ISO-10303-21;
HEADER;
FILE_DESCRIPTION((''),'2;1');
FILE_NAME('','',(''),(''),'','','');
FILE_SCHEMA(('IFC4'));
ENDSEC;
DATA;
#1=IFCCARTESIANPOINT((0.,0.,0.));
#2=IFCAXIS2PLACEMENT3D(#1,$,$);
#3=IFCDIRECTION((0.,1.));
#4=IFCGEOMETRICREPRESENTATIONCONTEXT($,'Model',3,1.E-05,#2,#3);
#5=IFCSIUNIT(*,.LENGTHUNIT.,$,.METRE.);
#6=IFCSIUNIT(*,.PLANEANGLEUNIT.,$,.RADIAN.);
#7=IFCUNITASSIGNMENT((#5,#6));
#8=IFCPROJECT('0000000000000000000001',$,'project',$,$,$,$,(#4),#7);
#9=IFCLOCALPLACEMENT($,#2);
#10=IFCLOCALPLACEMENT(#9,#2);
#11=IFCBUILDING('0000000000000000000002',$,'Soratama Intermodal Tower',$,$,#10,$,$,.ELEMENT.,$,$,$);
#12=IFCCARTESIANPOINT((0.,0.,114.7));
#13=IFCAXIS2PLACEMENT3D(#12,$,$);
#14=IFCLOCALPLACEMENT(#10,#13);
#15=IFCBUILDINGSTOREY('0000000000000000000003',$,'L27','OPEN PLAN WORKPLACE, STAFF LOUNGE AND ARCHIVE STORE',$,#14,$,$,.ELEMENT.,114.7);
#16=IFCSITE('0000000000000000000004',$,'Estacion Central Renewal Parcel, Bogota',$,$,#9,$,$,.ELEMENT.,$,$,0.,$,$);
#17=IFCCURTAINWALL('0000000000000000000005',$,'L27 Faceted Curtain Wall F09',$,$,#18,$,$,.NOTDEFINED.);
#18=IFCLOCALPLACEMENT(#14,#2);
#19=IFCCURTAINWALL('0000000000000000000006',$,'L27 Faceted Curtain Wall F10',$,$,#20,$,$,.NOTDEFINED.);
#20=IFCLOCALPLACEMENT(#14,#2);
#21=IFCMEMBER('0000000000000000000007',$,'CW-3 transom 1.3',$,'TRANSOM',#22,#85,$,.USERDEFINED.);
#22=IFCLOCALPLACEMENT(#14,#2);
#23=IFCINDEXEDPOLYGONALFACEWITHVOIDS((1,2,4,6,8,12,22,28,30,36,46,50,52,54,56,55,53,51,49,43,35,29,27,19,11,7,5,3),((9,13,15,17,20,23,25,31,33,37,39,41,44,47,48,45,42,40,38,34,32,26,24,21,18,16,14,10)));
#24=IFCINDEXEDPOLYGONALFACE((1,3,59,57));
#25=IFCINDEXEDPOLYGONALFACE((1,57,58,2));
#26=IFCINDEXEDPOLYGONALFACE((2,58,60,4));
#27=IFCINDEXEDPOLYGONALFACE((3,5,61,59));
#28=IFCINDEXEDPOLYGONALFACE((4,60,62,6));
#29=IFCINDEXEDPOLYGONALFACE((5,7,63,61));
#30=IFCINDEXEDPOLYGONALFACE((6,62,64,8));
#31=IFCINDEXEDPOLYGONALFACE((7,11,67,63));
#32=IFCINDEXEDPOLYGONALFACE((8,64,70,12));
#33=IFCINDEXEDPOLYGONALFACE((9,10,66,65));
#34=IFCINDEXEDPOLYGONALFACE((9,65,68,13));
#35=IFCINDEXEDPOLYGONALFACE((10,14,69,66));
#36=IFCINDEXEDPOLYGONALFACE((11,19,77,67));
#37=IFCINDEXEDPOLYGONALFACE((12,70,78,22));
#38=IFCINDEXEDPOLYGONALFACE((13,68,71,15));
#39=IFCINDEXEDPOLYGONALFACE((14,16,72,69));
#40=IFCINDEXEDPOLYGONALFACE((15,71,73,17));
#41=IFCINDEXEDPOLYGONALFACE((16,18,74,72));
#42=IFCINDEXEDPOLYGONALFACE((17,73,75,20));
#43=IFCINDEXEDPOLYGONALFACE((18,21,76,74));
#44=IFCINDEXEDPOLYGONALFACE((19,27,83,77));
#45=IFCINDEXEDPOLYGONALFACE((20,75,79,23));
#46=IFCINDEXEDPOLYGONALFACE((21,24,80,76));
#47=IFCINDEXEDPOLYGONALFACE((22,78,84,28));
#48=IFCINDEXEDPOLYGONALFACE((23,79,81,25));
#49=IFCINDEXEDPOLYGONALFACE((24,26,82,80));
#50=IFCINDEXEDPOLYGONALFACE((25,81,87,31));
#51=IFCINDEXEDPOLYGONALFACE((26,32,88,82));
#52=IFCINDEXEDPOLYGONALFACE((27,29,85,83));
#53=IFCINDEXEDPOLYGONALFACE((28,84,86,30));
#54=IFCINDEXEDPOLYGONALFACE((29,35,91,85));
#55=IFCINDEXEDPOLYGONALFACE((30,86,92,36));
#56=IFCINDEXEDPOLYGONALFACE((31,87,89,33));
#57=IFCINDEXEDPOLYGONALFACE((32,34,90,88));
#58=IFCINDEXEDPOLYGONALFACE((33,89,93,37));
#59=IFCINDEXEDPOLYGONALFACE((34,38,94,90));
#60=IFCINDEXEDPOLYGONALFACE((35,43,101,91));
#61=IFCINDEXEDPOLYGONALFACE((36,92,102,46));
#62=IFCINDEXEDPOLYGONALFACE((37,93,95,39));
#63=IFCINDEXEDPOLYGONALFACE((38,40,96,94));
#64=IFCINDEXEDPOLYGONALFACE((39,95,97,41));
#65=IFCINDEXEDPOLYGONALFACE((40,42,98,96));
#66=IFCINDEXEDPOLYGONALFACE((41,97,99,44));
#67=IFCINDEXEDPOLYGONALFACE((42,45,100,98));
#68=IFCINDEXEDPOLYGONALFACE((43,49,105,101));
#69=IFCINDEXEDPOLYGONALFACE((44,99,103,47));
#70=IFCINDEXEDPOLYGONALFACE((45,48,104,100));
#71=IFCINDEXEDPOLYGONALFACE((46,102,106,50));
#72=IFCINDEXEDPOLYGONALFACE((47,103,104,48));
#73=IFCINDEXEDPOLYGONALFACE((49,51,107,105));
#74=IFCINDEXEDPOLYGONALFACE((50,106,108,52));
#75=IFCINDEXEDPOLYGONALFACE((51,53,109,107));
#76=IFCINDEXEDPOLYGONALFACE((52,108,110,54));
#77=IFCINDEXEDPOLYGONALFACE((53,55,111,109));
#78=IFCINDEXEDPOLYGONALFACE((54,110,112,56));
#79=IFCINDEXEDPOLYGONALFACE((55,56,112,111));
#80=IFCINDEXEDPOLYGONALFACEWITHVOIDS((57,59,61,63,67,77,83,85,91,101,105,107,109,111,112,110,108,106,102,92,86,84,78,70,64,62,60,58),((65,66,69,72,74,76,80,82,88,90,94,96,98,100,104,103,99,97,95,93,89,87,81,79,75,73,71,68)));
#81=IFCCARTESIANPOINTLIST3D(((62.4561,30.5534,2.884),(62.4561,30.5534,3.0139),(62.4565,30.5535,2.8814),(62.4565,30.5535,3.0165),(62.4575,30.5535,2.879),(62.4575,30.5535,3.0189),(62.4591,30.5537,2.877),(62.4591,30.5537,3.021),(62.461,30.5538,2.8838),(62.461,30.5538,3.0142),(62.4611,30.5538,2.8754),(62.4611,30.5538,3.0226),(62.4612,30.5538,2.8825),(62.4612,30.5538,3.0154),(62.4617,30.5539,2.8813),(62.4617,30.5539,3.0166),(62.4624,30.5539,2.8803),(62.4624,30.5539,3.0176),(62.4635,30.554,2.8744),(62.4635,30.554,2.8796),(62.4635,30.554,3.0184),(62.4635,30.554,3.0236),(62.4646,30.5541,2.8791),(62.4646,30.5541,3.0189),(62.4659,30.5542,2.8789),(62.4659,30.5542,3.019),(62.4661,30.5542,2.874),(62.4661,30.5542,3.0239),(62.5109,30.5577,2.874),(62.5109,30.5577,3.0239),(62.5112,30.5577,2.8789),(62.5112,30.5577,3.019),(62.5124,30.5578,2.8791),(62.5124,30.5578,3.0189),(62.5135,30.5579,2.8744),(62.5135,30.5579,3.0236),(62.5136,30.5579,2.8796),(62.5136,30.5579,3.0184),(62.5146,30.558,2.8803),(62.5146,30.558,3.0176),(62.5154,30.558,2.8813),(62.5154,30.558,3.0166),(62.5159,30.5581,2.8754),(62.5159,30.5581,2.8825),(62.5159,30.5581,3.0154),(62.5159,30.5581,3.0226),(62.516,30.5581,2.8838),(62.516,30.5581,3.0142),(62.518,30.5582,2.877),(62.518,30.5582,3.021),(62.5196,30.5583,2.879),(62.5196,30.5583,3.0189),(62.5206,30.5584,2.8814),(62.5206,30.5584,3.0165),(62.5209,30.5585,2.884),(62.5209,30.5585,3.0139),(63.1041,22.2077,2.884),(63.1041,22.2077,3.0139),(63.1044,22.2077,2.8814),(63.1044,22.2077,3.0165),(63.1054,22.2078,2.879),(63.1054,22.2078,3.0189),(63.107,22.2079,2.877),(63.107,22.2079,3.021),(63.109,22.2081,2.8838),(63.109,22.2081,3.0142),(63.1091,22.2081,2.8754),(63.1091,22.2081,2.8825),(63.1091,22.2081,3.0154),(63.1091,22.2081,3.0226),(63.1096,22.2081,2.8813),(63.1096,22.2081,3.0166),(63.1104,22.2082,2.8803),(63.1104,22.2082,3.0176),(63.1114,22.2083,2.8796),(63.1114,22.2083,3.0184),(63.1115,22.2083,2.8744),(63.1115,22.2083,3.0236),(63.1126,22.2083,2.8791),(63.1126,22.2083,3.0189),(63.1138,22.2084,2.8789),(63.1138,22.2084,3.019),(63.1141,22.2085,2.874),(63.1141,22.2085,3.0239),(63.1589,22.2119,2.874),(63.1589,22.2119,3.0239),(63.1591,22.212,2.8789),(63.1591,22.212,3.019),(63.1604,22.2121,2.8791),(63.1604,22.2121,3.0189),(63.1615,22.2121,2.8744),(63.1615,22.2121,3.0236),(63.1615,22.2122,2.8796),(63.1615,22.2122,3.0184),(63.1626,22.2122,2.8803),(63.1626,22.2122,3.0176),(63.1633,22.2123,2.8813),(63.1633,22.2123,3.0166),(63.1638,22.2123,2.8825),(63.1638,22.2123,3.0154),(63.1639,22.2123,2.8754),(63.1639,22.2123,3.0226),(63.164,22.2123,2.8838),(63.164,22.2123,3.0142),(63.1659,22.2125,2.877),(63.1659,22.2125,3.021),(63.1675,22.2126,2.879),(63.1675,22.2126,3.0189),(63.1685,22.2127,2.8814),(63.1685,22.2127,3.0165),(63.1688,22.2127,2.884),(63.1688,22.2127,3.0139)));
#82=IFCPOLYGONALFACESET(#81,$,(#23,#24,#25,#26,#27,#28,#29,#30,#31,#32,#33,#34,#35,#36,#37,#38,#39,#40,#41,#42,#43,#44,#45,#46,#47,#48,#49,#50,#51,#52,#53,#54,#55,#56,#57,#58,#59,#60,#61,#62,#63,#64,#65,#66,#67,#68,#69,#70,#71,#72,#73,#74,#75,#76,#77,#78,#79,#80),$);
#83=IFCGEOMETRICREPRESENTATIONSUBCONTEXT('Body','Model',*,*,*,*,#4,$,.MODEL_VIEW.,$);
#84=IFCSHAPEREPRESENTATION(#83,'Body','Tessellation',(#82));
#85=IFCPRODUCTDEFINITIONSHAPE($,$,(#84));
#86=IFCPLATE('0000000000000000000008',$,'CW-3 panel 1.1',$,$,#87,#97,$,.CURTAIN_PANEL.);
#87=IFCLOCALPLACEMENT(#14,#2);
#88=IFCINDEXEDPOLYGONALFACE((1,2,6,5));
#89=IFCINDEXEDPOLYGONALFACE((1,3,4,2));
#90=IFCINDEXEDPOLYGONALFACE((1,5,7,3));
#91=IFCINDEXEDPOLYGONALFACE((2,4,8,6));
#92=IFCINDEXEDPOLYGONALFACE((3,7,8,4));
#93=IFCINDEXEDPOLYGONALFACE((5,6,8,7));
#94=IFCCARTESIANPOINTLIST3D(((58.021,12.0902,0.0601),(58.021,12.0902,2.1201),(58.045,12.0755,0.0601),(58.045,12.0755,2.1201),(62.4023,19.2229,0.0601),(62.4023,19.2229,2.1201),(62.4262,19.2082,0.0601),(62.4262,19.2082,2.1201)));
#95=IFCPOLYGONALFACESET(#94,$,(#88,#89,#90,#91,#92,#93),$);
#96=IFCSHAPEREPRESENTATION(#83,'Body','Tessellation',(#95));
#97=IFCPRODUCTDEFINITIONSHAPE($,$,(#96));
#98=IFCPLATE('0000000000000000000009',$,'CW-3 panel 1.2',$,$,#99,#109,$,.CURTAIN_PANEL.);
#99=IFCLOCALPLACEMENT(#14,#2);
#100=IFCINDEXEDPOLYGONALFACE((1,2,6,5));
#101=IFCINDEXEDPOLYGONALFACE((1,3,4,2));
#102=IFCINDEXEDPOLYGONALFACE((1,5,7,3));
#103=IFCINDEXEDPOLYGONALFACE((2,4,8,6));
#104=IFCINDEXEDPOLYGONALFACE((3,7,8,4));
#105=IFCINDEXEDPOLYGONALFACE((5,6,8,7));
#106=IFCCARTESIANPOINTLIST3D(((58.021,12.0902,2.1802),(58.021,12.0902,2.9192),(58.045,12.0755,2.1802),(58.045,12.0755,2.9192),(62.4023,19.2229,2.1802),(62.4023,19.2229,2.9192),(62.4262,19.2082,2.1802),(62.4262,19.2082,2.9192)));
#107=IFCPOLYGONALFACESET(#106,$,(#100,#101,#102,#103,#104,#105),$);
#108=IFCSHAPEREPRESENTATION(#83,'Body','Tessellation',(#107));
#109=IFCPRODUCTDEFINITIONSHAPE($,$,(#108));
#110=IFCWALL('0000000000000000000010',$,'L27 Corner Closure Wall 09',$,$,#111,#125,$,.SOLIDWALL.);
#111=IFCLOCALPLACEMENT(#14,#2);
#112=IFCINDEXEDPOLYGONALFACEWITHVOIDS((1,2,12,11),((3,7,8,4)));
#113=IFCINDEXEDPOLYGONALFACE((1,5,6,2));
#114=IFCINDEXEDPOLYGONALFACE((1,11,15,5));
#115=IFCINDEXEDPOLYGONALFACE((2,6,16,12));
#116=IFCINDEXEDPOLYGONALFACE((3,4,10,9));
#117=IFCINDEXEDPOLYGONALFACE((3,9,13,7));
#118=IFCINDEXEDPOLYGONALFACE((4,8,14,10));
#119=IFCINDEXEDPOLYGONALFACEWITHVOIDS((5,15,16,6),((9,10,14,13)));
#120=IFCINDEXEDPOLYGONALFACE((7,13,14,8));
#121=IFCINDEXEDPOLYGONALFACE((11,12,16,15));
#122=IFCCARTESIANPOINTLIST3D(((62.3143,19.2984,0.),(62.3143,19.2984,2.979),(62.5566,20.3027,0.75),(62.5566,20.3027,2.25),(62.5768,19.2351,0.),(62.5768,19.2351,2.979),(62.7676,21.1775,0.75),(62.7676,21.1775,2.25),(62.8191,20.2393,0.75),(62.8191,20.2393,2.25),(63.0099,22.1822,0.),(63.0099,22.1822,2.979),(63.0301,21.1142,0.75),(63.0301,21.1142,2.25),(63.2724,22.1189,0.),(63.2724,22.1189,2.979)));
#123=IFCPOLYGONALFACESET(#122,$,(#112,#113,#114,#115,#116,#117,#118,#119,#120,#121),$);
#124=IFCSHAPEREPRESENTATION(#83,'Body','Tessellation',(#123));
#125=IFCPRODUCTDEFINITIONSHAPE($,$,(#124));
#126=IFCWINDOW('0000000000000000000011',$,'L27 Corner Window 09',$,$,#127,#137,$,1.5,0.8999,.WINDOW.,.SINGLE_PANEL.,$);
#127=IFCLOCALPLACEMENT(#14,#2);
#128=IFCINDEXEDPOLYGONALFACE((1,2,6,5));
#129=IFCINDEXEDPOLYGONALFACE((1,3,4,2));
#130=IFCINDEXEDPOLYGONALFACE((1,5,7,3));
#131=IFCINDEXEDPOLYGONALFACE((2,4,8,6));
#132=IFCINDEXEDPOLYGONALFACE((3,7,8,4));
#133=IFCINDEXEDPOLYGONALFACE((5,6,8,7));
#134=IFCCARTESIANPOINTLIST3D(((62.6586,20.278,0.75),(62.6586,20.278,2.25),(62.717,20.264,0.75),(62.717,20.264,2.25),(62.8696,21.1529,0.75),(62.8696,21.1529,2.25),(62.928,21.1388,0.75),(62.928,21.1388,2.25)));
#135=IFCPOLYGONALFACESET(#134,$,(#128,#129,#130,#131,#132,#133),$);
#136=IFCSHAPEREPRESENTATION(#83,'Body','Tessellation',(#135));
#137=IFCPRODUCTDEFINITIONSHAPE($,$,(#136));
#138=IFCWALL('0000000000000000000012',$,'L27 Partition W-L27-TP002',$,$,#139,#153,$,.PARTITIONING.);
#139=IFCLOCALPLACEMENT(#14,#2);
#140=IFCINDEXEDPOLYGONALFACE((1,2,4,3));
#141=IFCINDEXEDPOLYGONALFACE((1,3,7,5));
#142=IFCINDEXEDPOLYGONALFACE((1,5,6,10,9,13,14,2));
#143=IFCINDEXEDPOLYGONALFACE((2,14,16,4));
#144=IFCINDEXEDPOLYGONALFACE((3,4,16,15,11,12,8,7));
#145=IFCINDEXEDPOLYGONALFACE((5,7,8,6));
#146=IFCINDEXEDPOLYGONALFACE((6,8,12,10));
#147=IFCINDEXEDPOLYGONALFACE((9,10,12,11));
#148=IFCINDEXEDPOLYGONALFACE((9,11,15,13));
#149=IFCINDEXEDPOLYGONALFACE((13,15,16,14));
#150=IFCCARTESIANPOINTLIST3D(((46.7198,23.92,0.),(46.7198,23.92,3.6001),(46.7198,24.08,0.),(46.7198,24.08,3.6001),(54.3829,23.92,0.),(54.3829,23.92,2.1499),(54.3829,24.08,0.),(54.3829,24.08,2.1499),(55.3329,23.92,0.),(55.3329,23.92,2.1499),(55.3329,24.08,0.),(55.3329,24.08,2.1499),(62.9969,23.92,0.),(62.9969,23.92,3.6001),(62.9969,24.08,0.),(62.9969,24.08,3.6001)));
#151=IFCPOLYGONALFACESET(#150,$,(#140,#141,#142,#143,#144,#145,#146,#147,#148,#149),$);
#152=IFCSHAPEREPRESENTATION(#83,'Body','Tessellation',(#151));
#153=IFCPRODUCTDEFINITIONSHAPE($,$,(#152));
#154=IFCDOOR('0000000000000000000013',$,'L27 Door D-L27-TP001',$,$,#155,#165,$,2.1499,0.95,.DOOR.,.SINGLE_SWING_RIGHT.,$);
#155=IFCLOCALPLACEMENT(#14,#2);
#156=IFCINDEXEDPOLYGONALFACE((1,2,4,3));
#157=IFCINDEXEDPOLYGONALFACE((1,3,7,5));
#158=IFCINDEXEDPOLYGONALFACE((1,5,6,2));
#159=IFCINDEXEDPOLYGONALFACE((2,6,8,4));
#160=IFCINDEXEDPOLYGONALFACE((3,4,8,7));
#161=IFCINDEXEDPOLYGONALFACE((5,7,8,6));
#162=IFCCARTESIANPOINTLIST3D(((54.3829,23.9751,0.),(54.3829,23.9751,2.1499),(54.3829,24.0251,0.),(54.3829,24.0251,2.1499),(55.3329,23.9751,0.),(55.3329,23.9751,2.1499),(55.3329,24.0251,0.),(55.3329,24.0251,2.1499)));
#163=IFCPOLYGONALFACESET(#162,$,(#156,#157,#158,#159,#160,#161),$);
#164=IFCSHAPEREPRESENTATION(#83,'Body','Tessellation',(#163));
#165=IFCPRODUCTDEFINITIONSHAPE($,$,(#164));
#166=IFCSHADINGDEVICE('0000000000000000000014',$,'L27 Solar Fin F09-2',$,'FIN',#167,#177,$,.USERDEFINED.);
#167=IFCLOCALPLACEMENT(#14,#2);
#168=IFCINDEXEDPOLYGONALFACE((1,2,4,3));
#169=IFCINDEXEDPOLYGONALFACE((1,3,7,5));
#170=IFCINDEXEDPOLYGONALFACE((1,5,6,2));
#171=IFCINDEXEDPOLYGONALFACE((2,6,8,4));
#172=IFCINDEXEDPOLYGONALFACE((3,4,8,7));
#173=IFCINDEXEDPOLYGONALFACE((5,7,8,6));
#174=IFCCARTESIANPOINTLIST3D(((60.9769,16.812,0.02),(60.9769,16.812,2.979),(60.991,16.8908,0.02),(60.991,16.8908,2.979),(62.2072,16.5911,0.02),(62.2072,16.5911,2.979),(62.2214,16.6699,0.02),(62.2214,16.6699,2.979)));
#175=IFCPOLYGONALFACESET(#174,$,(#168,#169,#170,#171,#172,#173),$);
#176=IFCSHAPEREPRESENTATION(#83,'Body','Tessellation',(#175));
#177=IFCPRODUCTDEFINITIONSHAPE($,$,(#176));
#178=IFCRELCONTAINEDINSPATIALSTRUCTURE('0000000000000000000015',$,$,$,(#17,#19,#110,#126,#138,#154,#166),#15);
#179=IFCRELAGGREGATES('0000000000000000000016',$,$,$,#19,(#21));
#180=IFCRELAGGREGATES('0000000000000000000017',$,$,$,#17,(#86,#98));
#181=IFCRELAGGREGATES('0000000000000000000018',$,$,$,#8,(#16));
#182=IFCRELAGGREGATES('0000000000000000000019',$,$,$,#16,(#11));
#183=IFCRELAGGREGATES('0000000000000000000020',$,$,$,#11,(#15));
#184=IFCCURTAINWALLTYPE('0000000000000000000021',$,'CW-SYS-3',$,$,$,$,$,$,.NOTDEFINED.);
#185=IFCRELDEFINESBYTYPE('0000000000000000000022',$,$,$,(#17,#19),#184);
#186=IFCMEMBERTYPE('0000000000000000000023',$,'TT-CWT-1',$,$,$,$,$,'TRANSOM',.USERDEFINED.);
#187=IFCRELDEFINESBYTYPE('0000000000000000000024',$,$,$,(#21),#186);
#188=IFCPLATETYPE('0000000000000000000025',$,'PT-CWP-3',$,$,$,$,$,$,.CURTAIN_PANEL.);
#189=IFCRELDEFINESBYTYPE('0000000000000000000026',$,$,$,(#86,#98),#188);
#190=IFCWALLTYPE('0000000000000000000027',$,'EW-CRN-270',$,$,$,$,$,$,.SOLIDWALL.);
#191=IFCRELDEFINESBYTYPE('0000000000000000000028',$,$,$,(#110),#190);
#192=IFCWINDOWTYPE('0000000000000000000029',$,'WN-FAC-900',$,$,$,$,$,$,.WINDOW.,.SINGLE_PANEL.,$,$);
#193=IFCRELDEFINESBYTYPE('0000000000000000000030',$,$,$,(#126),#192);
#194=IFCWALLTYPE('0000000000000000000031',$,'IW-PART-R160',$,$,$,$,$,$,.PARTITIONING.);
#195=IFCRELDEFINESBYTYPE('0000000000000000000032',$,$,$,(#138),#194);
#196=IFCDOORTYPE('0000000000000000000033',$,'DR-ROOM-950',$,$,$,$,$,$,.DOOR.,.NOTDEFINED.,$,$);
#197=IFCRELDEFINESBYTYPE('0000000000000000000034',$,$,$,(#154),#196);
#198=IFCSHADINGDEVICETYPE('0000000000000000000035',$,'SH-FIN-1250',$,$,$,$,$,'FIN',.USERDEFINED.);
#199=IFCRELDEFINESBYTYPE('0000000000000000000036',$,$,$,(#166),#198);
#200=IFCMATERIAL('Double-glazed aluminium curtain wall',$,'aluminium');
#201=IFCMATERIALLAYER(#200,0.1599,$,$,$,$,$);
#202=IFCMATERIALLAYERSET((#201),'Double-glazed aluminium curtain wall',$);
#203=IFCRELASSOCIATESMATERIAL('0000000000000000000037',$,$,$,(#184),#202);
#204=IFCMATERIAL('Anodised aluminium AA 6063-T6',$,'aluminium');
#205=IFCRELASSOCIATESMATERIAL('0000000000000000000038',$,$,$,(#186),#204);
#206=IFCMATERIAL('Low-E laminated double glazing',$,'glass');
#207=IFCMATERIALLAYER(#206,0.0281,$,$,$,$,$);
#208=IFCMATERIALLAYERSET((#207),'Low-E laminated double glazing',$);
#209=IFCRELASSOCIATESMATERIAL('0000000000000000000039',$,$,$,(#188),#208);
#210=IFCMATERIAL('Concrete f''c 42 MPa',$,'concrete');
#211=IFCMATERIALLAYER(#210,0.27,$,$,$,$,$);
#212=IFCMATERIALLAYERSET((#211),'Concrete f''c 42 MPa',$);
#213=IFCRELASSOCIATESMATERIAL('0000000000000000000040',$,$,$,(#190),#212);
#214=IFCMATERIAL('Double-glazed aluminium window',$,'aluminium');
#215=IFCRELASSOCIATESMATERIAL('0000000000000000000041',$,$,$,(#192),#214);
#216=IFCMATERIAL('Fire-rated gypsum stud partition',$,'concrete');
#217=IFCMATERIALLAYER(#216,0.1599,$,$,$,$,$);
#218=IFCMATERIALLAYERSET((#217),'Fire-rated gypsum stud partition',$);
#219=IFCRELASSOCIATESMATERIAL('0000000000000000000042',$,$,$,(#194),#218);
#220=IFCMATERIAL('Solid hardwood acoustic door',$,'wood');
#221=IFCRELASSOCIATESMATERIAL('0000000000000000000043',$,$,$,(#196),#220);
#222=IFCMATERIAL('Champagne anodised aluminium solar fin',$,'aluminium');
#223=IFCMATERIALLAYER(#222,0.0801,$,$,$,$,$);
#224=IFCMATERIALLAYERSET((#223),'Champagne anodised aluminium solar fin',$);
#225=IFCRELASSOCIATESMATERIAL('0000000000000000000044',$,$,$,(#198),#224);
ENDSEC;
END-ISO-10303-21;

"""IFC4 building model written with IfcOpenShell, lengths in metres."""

from ifc_helpers import new_model, si_unit, direction, frame, frame_2d, origin, origin_2d, place, context, subcontext, project, spatial, rectangle, hollow_rectangle, extrude, material, layer, layer_set, material_profile, profile_set, type_object, element, fill, aggregate, save


model = new_model("IFC4")

# Units and contexts
model_context = context("Model", 3, precision=1e-05, world=origin(), true_north=direction((0.0, 1.0)))
body_context = subcontext(model_context, "Body", "Model", "MODEL_VIEW")
ifc_project = project(units=[si_unit("LENGTHUNIT", "METRE"), si_unit("PLANEANGLEUNIT", "RADIAN")], contexts=[model_context])

# Site, building, storey
site_placement = place(None, origin())
site = spatial("IfcSite", under=ifc_project, at=site_placement, Name="Estacion Central Renewal Parcel, Bogota", CompositionType="ELEMENT", RefElevation=0.0)
building_placement = place(site_placement, origin())
building = spatial("IfcBuilding", under=site, at=building_placement, Name="Soratama Intermodal Tower", CompositionType="ELEMENT")
storey_placement = place(building_placement, frame((0.0, 0.0, 114.7)))
storey = spatial("IfcBuildingStorey", under=building, at=storey_placement, Name="L27", Description="OPEN PLAN WORKPLACE, STAFF LOUNGE AND ARCHIVE STORE", CompositionType="ELEMENT", Elevation=114.7)

# Curtain wall
ifc_material_1 = material(Name="Double-glazed aluminium curtain wall", Category="aluminium")
ifc_layer_1 = layer(ifc_material_1, 0.1599)
ifc_layer_set_1 = layer_set([ifc_layer_1], Name="Double-glazed aluminium curtain wall")
curtain_wall_type = type_object("IfcCurtainWallType", Name="CW-SYS-3", PredefinedType="NOTDEFINED", material=ifc_layer_set_1)
curtain_wall_1_placement = place(storey_placement, origin())
curtain_wall_1 = element("IfcCurtainWall", 1, at=curtain_wall_1_placement, inside=storey, type_object=curtain_wall_type, Name="L27 Faceted Curtain Wall F09", PredefinedType="NOTDEFINED")

# Curtain wall, member
curtain_wall_2_placement = place(storey_placement, origin())
curtain_wall_2 = element("IfcCurtainWall", 2, at=curtain_wall_2_placement, inside=storey, type_object=curtain_wall_type, Name="L27 Faceted Curtain Wall F10", PredefinedType="NOTDEFINED")
ifc_material_2 = material(Name="Anodised aluminium AA 6063-T6", Category="aluminium")
ifc_material_profile_1 = material_profile(ifc_material_2, hollow_rectangle(XDim=0.0649, YDim=0.1499, WallThickness=0.0049, InnerFilletRadius=0.0049, OuterFilletRadius=0.01, at=origin_2d()), Name="CWT150X65X5")
ifc_profile_set_1 = profile_set([ifc_material_profile_1], Name="Anodised aluminium AA 6063-T6")
member_type_1 = type_object("IfcMemberType", Name="TT-CWT-1", ElementType="TRANSOM", PredefinedType="USERDEFINED", material=ifc_profile_set_1)
member_1_placement = place(storey_placement, frame((63.1365, 22.2102, 2.949), z_axis=(-0.077406, 0.997, 0.0), x_axis=(-0.997, -0.077406, 0.0)))
member_1 = element("IfcMember", 3, at=member_1_placement, type_object=member_type_1, Name="CW-3 transom 1.3", ObjectType="TRANSOM", PredefinedType="USERDEFINED", context=body_context, shape_type="SweptSolid", body=[
    extrude(hollow_rectangle(XDim=0.0649, YDim=0.1499, WallThickness=0.0049, InnerFilletRadius=0.0049, OuterFilletRadius=0.01, at=origin_2d()), origin(), (0.0, 0.0, 1.0), 8.3708),
])
aggregate(curtain_wall_2, [member_1])

# Plates
ifc_material_3 = material(Name="Low-E laminated double glazing", Category="glass")
ifc_layer_2 = layer(ifc_material_3, 0.0281)
ifc_layer_set_2 = layer_set([ifc_layer_2], Name="Low-E laminated double glazing")
plate_type = type_object("IfcPlateType", Name="PT-CWP-3", PredefinedType="CURTAIN_PANEL", material=ifc_layer_set_2)
plate_1_placement = place(storey_placement, frame((60.2236, 15.6492, 0.0601), z_axis=(0.0, 0.0, 1.0), x_axis=(0.523396, 0.852089, 0.0)))
plate_1 = element("IfcPlate", 4, at=plate_1_placement, type_object=plate_type, Name="CW-3 panel 1.1", PredefinedType="CURTAIN_PANEL", context=body_context, shape_type="SweptSolid", body=[
    extrude(rectangle(XDim=8.3708, YDim=0.0281, at=origin_2d()), origin(), (0.0, 0.0, 1.0), 2.0601),
])
plate_2_placement = place(storey_placement, frame((60.2236, 15.6492, 2.1802), z_axis=(0.0, 0.0, 1.0), x_axis=(0.523396, 0.852089, 0.0)))
plate_2 = element("IfcPlate", 5, at=plate_2_placement, type_object=plate_type, Name="CW-3 panel 1.2", PredefinedType="CURTAIN_PANEL", context=body_context, shape_type="SweptSolid", body=[
    extrude(rectangle(XDim=8.3708, YDim=0.0281, at=origin_2d()), origin(), (0.0, 0.0, 1.0), 0.739),
])
aggregate(curtain_wall_1, [plate_1, plate_2])

# Wall, opening, window
ifc_material_4 = material(Name="Concrete f'c 42 MPa", Category="concrete")
ifc_layer_3 = layer(ifc_material_4, 0.27)
ifc_layer_set_3 = layer_set([ifc_layer_3], Name="Concrete f'c 42 MPa")
wall_type_1 = type_object("IfcWallType", Name="EW-CRN-270", PredefinedType="SOLIDWALL", material=ifc_layer_set_3)
wall_1_placement = place(storey_placement, frame((62.4456, 19.2666, 0.0), z_axis=(0.0, 0.0, 1.0), x_axis=(0.234472, 0.972123, 0.0)))
wall_1 = element("IfcWall", 6, at=wall_1_placement, inside=storey, type_object=wall_type_1, Name="L27 Corner Closure Wall 09", PredefinedType="SOLIDWALL", context=body_context, shape_type="SweptSolid", body=[
    extrude(rectangle(XDim=2.9666, YDim=0.27, at=frame_2d((1.4834, 0.0))), origin(), (0.0, 0.0, 1.0), 2.979),
])
opening_1_placement = place(wall_1_placement, frame((1.0332, 0.0, 0.75)))
opening_1 = element("IfcOpeningElement", 7, at=opening_1_placement, cuts=wall_1, PredefinedType="OPENING", context=body_context, shape_type="SweptSolid", body=[
    extrude(rectangle(XDim=0.8999, YDim=1.5, at=frame_2d((0.45, 0.75))), frame((0.0, 0.145, 0.0), z_axis=(0.0, -1.0, 0.0), x_axis=(1.0, 0.0, 0.0)), (0.0, 0.0, 1.0), 0.29),
])
ifc_material_5 = material(Name="Double-glazed aluminium window", Category="aluminium")
window_type = type_object("IfcWindowType", Name="WN-FAC-900", PartitioningType="SINGLE_PANEL", PredefinedType="WINDOW", material=ifc_material_5)
window_placement = place(opening_1_placement, origin())
window = element("IfcWindow", 8, at=window_placement, inside=storey, type_object=window_type, Name="L27 Corner Window 09", OverallHeight=1.5, OverallWidth=0.8999, PartitioningType="SINGLE_PANEL", PredefinedType="WINDOW", context=body_context, shape_type="SweptSolid", body=[
    extrude(rectangle(XDim=0.8999, YDim=1.5, at=frame_2d((0.45, 0.75))), frame((0.0, 0.03, 0.0), z_axis=(0.0, -1.0, 0.0), x_axis=(1.0, 0.0, 0.0)), (0.0, 0.0, 1.0), 0.0601),
])
fill(opening_1, window)

# Wall, opening, door
ifc_material_6 = material(Name="Fire-rated gypsum stud partition", Category="concrete")
ifc_layer_4 = layer(ifc_material_6, 0.1599)
ifc_layer_set_4 = layer_set([ifc_layer_4], Name="Fire-rated gypsum stud partition")
wall_type_2 = type_object("IfcWallType", Name="IW-PART-R160", PredefinedType="PARTITIONING", material=ifc_layer_set_4)
wall_2_placement = place(storey_placement, frame((62.9971, 24.0, 0.0), z_axis=(0.0, 0.0, 1.0), x_axis=(-1.0, 0.0, 0.0)))
wall_2 = element("IfcWall", 9, at=wall_2_placement, inside=storey, type_object=wall_type_2, Name="L27 Partition W-L27-TP002", PredefinedType="PARTITIONING", context=body_context, shape_type="SweptSolid", body=[
    extrude(rectangle(XDim=16.2771, YDim=0.1599, at=frame_2d((8.1387, 0.0))), origin(), (0.0, 0.0, 1.0), 3.6001),
])
opening_2_placement = place(wall_2_placement, frame((7.6641, 0.0, 0.0)))
opening_2 = element("IfcOpeningElement", 10, at=opening_2_placement, cuts=wall_2, PredefinedType="OPENING", context=body_context, shape_type="SweptSolid", body=[
    extrude(rectangle(XDim=0.95, YDim=2.1499, at=frame_2d((0.4751, 1.075))), frame((0.0, 0.0898, 0.0), z_axis=(0.0, -1.0, 0.0), x_axis=(1.0, 0.0, 0.0)), (0.0, 0.0, 1.0), 0.1799),
])
ifc_material_7 = material(Name="Solid hardwood acoustic door", Category="wood")
door_type = type_object("IfcDoorType", Name="DR-ROOM-950", OperationType="NOTDEFINED", PredefinedType="DOOR", material=ifc_material_7)
door_placement = place(opening_2_placement, origin())
door = element("IfcDoor", 11, at=door_placement, inside=storey, type_object=door_type, Name="L27 Door D-L27-TP001", OperationType="SINGLE_SWING_RIGHT", OverallHeight=2.1499, OverallWidth=0.95, PredefinedType="DOOR", context=body_context, shape_type="SweptSolid", body=[
    extrude(rectangle(XDim=0.95, YDim=2.1499, at=frame_2d((0.4751, 1.075))), frame((0.0, 0.0249, 0.0), z_axis=(0.0, -1.0, 0.0), x_axis=(1.0, 0.0, 0.0)), (0.0, 0.0, 1.0), 0.05),
])
fill(opening_2, door)

# Shading device
ifc_material_8 = material(Name="Champagne anodised aluminium solar fin", Category="aluminium")
ifc_layer_5 = layer(ifc_material_8, 0.0801)
ifc_layer_set_5 = layer_set([ifc_layer_5], Name="Champagne anodised aluminium solar fin")
shading_device_type = type_object("IfcShadingDeviceType", Name="SH-FIN-1250", ElementType="FIN", PredefinedType="USERDEFINED", material=ifc_layer_set_5)
for number, where, z_axis, x_axis, name in (
    (12, (61.5991, 16.741, 0.02), (0.0, 0.0, 1.0), (0.984257, -0.176741, 0.0), "L27 Solar Fin F09-2"),
):
    element("IfcShadingDevice", number, at=place(storey_placement, frame(where, z_axis=z_axis, x_axis=x_axis)), inside=storey, type_object=shading_device_type, Name=name, ObjectType="FIN", PredefinedType="USERDEFINED", context=body_context, shape_type="SweptSolid", body=[
        extrude(rectangle(XDim=1.25, YDim=0.0801, at=origin_2d()), origin(), (0.0, 0.0, 1.0), 2.959),
    ])

save(model, "model.ifc")
